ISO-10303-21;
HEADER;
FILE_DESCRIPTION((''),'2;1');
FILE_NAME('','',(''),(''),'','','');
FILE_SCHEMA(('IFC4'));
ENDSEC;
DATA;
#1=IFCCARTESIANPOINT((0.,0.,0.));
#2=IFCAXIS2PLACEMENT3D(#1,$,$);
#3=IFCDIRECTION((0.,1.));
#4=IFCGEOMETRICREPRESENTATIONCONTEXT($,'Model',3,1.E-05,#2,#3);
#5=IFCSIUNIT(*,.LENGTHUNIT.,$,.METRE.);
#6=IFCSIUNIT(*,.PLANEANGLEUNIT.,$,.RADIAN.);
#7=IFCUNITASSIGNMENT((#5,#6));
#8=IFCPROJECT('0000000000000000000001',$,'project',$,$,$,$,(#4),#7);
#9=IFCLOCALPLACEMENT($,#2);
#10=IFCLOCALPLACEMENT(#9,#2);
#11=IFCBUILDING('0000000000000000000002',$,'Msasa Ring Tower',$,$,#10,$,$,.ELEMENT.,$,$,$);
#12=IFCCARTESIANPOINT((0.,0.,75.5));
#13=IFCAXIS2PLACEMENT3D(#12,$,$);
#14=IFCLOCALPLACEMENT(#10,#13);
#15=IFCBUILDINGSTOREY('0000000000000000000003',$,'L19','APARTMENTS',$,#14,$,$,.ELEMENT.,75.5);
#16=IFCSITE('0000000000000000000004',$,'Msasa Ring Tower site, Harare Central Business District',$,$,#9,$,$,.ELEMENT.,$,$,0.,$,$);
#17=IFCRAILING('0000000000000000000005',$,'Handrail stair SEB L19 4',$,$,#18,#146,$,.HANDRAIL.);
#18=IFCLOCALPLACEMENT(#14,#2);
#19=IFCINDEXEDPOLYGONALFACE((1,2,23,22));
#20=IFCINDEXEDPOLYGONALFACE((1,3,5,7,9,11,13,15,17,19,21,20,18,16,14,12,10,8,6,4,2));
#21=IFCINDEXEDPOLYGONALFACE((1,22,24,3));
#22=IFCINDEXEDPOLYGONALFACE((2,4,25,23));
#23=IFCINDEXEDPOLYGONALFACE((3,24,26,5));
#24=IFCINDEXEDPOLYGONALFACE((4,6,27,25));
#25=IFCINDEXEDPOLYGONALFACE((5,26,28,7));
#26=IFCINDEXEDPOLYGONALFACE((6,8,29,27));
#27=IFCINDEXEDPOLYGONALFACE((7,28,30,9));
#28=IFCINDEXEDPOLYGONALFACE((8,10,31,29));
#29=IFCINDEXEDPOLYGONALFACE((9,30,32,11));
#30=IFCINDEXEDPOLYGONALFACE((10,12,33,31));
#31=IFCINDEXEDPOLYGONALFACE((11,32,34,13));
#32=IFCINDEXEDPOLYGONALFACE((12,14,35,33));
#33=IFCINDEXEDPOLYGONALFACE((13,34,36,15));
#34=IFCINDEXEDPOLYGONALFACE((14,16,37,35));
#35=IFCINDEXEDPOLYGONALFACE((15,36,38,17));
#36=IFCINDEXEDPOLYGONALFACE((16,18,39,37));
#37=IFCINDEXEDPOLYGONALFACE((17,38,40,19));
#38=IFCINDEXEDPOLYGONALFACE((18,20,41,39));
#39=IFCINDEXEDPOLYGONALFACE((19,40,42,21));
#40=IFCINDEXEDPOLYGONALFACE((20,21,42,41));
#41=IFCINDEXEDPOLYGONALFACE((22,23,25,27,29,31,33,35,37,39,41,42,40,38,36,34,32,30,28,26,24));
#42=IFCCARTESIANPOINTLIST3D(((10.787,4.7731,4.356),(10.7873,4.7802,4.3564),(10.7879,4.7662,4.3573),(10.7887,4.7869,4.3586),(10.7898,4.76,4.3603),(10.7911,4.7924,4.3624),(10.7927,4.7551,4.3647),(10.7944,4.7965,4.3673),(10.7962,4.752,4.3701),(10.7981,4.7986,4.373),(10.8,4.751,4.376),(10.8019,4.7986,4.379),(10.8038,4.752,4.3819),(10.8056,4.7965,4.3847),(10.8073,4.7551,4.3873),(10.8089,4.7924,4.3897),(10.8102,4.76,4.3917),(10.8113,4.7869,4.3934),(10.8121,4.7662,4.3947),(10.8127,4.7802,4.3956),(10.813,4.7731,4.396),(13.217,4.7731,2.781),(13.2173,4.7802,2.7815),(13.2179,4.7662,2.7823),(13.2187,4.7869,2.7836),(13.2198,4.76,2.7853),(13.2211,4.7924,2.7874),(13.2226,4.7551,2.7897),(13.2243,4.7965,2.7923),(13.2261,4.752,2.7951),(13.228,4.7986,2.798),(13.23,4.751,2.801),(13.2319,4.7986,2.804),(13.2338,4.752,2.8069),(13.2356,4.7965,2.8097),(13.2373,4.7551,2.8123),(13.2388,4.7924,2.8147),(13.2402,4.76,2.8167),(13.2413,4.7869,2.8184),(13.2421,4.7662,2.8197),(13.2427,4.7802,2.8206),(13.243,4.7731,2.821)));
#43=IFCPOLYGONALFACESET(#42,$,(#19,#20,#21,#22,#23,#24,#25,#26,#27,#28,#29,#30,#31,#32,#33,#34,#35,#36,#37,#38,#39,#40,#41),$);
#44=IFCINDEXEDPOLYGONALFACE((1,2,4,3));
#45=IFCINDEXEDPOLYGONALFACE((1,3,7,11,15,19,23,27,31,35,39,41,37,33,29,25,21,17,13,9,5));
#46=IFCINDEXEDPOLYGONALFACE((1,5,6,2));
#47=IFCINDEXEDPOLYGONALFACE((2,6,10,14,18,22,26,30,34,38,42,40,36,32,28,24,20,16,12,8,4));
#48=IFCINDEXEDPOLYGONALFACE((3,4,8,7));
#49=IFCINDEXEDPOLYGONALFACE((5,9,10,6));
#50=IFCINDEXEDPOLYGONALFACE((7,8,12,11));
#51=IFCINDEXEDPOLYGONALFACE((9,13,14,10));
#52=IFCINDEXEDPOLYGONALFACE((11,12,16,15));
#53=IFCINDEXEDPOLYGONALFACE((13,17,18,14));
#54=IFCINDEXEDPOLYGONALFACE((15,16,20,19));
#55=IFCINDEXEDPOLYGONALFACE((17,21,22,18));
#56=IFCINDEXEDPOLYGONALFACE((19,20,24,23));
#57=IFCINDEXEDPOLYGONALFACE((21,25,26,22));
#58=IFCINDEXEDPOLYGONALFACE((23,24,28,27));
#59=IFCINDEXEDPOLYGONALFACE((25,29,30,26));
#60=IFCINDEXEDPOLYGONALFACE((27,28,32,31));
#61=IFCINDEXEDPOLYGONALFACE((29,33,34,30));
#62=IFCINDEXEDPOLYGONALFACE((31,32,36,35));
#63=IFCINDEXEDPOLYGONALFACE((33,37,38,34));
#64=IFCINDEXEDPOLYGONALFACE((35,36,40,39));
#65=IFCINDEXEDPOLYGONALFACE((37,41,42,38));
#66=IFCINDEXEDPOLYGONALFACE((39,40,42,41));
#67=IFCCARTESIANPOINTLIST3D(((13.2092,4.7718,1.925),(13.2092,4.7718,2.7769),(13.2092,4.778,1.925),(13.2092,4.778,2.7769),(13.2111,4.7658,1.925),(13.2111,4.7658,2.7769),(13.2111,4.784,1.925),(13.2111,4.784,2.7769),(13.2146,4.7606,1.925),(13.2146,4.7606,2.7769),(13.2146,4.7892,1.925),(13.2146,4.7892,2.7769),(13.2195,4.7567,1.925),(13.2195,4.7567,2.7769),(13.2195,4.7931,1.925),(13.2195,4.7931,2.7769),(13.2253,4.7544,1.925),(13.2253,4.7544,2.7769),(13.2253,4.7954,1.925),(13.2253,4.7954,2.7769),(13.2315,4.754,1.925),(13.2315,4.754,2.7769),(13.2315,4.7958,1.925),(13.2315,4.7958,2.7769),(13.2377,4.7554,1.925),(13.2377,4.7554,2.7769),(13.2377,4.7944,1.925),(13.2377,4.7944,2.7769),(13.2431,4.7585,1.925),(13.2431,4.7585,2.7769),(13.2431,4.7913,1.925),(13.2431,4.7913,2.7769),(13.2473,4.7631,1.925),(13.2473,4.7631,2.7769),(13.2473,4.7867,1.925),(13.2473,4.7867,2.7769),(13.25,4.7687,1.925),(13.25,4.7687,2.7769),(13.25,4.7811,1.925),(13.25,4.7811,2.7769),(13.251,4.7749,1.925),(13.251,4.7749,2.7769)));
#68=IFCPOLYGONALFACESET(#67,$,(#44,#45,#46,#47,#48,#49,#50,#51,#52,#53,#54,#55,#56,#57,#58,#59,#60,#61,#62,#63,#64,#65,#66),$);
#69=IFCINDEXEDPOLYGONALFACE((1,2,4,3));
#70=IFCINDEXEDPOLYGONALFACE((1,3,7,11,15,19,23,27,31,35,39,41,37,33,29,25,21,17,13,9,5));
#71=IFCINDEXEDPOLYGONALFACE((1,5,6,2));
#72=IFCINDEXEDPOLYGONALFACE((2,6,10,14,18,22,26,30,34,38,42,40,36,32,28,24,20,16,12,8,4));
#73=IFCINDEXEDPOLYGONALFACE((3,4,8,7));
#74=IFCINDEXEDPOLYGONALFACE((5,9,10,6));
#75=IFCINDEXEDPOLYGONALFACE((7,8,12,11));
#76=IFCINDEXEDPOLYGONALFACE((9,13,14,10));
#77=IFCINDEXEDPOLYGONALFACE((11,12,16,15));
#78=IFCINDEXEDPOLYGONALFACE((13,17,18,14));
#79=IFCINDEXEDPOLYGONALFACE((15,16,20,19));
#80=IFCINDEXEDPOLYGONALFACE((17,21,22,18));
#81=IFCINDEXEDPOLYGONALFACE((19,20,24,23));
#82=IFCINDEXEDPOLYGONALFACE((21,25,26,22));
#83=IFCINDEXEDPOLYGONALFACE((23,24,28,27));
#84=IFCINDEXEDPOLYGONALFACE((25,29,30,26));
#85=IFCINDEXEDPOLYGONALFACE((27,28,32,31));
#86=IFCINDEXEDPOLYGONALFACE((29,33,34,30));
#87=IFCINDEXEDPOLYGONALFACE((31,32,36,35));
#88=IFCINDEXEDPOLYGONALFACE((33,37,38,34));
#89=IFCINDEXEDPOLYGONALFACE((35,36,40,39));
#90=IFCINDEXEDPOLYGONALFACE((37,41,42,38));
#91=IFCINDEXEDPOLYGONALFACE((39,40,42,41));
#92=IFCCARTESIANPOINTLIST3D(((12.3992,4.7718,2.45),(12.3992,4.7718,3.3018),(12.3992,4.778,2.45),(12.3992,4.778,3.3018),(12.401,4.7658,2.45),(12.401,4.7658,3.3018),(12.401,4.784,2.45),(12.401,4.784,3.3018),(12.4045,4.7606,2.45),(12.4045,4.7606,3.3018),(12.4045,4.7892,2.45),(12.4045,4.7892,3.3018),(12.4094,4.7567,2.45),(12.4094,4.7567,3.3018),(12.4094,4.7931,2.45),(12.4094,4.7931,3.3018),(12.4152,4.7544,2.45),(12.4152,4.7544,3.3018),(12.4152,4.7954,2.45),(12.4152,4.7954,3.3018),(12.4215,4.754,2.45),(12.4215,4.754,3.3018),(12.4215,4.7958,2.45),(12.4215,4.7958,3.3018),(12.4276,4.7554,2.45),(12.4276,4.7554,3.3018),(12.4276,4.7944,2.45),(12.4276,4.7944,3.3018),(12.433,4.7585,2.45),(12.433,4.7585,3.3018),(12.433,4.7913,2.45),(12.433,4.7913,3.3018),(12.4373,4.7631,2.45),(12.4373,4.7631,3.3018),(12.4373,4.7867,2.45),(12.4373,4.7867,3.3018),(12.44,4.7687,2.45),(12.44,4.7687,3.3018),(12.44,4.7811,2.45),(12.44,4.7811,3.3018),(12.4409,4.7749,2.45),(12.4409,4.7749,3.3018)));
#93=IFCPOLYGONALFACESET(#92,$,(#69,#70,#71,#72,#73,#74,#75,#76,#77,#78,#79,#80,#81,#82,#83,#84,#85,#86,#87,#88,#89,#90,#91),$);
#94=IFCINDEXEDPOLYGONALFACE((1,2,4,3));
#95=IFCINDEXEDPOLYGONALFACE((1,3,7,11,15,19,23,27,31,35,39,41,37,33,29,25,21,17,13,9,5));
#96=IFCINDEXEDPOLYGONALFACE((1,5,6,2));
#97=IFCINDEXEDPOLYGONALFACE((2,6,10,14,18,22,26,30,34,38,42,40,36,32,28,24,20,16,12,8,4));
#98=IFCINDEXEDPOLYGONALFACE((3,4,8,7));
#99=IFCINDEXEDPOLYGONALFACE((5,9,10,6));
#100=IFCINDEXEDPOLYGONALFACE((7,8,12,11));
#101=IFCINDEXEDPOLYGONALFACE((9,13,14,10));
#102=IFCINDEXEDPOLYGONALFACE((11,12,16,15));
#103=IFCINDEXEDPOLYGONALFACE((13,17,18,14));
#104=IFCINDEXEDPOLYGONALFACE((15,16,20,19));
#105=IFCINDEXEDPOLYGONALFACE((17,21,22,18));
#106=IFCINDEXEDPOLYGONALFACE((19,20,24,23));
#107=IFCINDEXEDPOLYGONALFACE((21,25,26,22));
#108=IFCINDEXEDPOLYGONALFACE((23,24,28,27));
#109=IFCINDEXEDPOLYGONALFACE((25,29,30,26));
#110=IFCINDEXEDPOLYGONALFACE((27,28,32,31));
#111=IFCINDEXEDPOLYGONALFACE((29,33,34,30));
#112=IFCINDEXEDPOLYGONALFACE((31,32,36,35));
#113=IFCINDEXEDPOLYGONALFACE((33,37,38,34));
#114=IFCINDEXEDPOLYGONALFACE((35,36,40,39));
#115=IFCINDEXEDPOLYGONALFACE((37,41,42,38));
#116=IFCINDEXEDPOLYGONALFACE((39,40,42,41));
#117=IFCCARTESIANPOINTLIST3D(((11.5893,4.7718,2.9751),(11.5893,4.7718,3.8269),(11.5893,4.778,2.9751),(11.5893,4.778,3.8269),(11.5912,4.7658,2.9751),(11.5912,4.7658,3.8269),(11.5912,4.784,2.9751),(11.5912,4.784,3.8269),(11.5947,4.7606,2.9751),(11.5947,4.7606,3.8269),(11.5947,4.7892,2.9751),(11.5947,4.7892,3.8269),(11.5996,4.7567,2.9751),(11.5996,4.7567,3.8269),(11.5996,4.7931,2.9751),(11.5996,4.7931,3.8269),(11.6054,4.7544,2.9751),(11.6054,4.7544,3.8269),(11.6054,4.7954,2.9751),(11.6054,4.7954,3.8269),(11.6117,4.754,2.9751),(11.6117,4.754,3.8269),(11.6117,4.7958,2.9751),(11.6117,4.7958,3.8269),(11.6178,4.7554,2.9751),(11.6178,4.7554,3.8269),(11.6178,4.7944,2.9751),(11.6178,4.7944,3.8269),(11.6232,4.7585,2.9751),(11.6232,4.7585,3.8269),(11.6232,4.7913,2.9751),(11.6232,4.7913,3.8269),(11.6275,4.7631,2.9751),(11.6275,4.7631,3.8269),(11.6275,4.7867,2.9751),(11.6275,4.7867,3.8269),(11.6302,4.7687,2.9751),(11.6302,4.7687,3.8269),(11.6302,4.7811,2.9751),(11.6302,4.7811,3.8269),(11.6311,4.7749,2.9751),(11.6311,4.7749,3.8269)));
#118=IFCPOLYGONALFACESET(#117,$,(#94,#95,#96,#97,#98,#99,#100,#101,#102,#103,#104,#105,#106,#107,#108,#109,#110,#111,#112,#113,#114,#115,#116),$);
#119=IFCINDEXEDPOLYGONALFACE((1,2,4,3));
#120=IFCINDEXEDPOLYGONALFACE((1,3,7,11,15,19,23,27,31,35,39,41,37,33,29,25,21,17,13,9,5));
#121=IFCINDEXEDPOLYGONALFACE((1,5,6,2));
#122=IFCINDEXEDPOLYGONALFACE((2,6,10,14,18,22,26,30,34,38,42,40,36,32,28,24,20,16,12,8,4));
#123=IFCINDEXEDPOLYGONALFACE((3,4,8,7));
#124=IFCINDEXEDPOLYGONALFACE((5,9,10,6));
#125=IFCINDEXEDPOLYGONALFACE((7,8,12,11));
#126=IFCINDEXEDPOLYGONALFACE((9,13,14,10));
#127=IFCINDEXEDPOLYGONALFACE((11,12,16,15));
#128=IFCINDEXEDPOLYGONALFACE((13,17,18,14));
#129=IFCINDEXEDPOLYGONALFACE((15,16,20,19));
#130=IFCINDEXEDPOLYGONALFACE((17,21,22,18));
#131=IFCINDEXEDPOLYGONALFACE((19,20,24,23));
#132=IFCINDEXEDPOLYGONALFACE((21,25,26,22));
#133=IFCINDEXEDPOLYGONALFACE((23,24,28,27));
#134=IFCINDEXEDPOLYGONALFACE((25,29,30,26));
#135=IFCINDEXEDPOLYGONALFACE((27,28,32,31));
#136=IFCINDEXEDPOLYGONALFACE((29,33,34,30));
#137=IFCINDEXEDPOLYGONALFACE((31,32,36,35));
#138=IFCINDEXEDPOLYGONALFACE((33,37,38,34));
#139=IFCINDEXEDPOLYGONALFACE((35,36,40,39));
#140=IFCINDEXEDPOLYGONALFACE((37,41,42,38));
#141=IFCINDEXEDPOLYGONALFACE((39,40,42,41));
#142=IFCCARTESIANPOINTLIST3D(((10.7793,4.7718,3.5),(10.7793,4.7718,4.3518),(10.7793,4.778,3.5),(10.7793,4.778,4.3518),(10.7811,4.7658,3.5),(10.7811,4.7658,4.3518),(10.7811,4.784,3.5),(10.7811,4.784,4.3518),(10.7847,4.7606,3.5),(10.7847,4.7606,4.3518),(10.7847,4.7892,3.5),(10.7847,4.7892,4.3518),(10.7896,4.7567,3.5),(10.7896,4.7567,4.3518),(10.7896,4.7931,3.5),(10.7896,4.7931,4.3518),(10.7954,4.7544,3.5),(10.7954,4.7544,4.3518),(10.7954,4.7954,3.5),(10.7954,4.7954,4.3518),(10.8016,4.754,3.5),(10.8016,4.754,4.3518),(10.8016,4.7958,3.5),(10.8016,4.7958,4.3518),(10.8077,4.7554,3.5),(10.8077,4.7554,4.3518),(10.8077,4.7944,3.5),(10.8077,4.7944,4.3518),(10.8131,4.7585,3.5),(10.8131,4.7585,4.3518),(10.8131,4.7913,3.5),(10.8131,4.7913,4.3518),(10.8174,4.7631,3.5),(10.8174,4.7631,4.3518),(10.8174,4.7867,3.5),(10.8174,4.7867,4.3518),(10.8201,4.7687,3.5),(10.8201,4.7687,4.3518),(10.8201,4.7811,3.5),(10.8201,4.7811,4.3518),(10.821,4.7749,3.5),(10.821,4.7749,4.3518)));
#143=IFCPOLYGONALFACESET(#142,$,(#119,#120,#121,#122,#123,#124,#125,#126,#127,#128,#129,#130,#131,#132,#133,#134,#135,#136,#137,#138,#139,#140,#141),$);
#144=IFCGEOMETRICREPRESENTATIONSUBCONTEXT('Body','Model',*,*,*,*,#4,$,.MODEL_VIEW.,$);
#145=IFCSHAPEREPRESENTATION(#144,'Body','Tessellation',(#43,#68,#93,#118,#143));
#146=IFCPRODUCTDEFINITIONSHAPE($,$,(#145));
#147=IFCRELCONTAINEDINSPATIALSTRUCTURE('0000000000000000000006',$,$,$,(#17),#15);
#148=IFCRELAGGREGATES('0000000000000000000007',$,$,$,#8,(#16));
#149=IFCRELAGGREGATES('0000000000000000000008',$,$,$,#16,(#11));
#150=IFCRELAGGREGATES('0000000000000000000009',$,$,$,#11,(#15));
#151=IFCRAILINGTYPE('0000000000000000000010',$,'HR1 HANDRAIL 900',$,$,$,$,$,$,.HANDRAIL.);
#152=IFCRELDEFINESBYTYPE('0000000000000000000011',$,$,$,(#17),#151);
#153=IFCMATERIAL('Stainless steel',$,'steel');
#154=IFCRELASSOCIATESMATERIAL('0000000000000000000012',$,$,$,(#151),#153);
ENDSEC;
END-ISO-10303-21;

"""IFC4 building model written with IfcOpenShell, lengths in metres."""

from ifc_helpers import new_model, si_unit, direction, frame, origin, origin_2d, place, context, subcontext, project, spatial, circle, extrude, material, type_object, element, save


model = new_model("IFC4")

# Units and contexts
model_context = context("Model", 3, precision=1e-05, world=origin(), true_north=direction((0.0, 1.0)))
body_context = subcontext(model_context, "Body", "Model", "MODEL_VIEW")
ifc_project = project(units=[si_unit("LENGTHUNIT", "METRE"), si_unit("PLANEANGLEUNIT", "RADIAN")], contexts=[model_context])

# Site, building, storey
site_placement = place(None, origin())
site = spatial("IfcSite", under=ifc_project, at=site_placement, Name="Msasa Ring Tower site, Harare Central Business District", CompositionType="ELEMENT", RefElevation=0.0)
building_placement = place(site_placement, origin())
building = spatial("IfcBuilding", under=site, at=building_placement, Name="Msasa Ring Tower", CompositionType="ELEMENT")
storey_placement = place(building_placement, frame((0.0, 0.0, 75.5)))
storey = spatial("IfcBuildingStorey", under=building, at=storey_placement, Name="L19", Description="APARTMENTS", CompositionType="ELEMENT", Elevation=75.5)

# Railing
ifc_material_1 = material(Name="Stainless steel", Category="steel")
railing_type = type_object("IfcRailingType", Name="HR1 HANDRAIL 900", PredefinedType="HANDRAIL", material=ifc_material_1)
for number, where, name in (
    (1, (13.23, 4.7749, 1.925), "Handrail stair SEB L19 4"),
):
    element("IfcRailing", number, at=place(storey_placement, frame(where)), inside=storey, type_object=railing_type, Name=name, PredefinedType="HANDRAIL", context=body_context, shape_type="SweptSolid", body=[
        extrude(circle(Radius=0.0239, at=origin_2d()), frame((0.0, 0.0, 0.876), z_axis=(-0.839154, 0.0, 0.543894), x_axis=(0.0, -1.0, 0.0)), (0.0, 0.0, 1.0), 2.8958),
        extrude(circle(Radius=0.021, at=origin_2d()), origin(), (0.0, 0.0, 1.0), 0.8518),
        extrude(circle(Radius=0.021, at=origin_2d()), frame((-0.8101, 0.0, 0.5249)), (0.0, 0.0, 1.0), 0.8518),
        extrude(circle(Radius=0.021, at=origin_2d()), frame((-1.6199, 0.0, 1.05)), (0.0, 0.0, 1.0), 0.8518),
        extrude(circle(Radius=0.021, at=origin_2d()), frame((-2.4299, 0.0, 1.575)), (0.0, 0.0, 1.0), 0.8518),
    ])

save(model, "model.ifc")
